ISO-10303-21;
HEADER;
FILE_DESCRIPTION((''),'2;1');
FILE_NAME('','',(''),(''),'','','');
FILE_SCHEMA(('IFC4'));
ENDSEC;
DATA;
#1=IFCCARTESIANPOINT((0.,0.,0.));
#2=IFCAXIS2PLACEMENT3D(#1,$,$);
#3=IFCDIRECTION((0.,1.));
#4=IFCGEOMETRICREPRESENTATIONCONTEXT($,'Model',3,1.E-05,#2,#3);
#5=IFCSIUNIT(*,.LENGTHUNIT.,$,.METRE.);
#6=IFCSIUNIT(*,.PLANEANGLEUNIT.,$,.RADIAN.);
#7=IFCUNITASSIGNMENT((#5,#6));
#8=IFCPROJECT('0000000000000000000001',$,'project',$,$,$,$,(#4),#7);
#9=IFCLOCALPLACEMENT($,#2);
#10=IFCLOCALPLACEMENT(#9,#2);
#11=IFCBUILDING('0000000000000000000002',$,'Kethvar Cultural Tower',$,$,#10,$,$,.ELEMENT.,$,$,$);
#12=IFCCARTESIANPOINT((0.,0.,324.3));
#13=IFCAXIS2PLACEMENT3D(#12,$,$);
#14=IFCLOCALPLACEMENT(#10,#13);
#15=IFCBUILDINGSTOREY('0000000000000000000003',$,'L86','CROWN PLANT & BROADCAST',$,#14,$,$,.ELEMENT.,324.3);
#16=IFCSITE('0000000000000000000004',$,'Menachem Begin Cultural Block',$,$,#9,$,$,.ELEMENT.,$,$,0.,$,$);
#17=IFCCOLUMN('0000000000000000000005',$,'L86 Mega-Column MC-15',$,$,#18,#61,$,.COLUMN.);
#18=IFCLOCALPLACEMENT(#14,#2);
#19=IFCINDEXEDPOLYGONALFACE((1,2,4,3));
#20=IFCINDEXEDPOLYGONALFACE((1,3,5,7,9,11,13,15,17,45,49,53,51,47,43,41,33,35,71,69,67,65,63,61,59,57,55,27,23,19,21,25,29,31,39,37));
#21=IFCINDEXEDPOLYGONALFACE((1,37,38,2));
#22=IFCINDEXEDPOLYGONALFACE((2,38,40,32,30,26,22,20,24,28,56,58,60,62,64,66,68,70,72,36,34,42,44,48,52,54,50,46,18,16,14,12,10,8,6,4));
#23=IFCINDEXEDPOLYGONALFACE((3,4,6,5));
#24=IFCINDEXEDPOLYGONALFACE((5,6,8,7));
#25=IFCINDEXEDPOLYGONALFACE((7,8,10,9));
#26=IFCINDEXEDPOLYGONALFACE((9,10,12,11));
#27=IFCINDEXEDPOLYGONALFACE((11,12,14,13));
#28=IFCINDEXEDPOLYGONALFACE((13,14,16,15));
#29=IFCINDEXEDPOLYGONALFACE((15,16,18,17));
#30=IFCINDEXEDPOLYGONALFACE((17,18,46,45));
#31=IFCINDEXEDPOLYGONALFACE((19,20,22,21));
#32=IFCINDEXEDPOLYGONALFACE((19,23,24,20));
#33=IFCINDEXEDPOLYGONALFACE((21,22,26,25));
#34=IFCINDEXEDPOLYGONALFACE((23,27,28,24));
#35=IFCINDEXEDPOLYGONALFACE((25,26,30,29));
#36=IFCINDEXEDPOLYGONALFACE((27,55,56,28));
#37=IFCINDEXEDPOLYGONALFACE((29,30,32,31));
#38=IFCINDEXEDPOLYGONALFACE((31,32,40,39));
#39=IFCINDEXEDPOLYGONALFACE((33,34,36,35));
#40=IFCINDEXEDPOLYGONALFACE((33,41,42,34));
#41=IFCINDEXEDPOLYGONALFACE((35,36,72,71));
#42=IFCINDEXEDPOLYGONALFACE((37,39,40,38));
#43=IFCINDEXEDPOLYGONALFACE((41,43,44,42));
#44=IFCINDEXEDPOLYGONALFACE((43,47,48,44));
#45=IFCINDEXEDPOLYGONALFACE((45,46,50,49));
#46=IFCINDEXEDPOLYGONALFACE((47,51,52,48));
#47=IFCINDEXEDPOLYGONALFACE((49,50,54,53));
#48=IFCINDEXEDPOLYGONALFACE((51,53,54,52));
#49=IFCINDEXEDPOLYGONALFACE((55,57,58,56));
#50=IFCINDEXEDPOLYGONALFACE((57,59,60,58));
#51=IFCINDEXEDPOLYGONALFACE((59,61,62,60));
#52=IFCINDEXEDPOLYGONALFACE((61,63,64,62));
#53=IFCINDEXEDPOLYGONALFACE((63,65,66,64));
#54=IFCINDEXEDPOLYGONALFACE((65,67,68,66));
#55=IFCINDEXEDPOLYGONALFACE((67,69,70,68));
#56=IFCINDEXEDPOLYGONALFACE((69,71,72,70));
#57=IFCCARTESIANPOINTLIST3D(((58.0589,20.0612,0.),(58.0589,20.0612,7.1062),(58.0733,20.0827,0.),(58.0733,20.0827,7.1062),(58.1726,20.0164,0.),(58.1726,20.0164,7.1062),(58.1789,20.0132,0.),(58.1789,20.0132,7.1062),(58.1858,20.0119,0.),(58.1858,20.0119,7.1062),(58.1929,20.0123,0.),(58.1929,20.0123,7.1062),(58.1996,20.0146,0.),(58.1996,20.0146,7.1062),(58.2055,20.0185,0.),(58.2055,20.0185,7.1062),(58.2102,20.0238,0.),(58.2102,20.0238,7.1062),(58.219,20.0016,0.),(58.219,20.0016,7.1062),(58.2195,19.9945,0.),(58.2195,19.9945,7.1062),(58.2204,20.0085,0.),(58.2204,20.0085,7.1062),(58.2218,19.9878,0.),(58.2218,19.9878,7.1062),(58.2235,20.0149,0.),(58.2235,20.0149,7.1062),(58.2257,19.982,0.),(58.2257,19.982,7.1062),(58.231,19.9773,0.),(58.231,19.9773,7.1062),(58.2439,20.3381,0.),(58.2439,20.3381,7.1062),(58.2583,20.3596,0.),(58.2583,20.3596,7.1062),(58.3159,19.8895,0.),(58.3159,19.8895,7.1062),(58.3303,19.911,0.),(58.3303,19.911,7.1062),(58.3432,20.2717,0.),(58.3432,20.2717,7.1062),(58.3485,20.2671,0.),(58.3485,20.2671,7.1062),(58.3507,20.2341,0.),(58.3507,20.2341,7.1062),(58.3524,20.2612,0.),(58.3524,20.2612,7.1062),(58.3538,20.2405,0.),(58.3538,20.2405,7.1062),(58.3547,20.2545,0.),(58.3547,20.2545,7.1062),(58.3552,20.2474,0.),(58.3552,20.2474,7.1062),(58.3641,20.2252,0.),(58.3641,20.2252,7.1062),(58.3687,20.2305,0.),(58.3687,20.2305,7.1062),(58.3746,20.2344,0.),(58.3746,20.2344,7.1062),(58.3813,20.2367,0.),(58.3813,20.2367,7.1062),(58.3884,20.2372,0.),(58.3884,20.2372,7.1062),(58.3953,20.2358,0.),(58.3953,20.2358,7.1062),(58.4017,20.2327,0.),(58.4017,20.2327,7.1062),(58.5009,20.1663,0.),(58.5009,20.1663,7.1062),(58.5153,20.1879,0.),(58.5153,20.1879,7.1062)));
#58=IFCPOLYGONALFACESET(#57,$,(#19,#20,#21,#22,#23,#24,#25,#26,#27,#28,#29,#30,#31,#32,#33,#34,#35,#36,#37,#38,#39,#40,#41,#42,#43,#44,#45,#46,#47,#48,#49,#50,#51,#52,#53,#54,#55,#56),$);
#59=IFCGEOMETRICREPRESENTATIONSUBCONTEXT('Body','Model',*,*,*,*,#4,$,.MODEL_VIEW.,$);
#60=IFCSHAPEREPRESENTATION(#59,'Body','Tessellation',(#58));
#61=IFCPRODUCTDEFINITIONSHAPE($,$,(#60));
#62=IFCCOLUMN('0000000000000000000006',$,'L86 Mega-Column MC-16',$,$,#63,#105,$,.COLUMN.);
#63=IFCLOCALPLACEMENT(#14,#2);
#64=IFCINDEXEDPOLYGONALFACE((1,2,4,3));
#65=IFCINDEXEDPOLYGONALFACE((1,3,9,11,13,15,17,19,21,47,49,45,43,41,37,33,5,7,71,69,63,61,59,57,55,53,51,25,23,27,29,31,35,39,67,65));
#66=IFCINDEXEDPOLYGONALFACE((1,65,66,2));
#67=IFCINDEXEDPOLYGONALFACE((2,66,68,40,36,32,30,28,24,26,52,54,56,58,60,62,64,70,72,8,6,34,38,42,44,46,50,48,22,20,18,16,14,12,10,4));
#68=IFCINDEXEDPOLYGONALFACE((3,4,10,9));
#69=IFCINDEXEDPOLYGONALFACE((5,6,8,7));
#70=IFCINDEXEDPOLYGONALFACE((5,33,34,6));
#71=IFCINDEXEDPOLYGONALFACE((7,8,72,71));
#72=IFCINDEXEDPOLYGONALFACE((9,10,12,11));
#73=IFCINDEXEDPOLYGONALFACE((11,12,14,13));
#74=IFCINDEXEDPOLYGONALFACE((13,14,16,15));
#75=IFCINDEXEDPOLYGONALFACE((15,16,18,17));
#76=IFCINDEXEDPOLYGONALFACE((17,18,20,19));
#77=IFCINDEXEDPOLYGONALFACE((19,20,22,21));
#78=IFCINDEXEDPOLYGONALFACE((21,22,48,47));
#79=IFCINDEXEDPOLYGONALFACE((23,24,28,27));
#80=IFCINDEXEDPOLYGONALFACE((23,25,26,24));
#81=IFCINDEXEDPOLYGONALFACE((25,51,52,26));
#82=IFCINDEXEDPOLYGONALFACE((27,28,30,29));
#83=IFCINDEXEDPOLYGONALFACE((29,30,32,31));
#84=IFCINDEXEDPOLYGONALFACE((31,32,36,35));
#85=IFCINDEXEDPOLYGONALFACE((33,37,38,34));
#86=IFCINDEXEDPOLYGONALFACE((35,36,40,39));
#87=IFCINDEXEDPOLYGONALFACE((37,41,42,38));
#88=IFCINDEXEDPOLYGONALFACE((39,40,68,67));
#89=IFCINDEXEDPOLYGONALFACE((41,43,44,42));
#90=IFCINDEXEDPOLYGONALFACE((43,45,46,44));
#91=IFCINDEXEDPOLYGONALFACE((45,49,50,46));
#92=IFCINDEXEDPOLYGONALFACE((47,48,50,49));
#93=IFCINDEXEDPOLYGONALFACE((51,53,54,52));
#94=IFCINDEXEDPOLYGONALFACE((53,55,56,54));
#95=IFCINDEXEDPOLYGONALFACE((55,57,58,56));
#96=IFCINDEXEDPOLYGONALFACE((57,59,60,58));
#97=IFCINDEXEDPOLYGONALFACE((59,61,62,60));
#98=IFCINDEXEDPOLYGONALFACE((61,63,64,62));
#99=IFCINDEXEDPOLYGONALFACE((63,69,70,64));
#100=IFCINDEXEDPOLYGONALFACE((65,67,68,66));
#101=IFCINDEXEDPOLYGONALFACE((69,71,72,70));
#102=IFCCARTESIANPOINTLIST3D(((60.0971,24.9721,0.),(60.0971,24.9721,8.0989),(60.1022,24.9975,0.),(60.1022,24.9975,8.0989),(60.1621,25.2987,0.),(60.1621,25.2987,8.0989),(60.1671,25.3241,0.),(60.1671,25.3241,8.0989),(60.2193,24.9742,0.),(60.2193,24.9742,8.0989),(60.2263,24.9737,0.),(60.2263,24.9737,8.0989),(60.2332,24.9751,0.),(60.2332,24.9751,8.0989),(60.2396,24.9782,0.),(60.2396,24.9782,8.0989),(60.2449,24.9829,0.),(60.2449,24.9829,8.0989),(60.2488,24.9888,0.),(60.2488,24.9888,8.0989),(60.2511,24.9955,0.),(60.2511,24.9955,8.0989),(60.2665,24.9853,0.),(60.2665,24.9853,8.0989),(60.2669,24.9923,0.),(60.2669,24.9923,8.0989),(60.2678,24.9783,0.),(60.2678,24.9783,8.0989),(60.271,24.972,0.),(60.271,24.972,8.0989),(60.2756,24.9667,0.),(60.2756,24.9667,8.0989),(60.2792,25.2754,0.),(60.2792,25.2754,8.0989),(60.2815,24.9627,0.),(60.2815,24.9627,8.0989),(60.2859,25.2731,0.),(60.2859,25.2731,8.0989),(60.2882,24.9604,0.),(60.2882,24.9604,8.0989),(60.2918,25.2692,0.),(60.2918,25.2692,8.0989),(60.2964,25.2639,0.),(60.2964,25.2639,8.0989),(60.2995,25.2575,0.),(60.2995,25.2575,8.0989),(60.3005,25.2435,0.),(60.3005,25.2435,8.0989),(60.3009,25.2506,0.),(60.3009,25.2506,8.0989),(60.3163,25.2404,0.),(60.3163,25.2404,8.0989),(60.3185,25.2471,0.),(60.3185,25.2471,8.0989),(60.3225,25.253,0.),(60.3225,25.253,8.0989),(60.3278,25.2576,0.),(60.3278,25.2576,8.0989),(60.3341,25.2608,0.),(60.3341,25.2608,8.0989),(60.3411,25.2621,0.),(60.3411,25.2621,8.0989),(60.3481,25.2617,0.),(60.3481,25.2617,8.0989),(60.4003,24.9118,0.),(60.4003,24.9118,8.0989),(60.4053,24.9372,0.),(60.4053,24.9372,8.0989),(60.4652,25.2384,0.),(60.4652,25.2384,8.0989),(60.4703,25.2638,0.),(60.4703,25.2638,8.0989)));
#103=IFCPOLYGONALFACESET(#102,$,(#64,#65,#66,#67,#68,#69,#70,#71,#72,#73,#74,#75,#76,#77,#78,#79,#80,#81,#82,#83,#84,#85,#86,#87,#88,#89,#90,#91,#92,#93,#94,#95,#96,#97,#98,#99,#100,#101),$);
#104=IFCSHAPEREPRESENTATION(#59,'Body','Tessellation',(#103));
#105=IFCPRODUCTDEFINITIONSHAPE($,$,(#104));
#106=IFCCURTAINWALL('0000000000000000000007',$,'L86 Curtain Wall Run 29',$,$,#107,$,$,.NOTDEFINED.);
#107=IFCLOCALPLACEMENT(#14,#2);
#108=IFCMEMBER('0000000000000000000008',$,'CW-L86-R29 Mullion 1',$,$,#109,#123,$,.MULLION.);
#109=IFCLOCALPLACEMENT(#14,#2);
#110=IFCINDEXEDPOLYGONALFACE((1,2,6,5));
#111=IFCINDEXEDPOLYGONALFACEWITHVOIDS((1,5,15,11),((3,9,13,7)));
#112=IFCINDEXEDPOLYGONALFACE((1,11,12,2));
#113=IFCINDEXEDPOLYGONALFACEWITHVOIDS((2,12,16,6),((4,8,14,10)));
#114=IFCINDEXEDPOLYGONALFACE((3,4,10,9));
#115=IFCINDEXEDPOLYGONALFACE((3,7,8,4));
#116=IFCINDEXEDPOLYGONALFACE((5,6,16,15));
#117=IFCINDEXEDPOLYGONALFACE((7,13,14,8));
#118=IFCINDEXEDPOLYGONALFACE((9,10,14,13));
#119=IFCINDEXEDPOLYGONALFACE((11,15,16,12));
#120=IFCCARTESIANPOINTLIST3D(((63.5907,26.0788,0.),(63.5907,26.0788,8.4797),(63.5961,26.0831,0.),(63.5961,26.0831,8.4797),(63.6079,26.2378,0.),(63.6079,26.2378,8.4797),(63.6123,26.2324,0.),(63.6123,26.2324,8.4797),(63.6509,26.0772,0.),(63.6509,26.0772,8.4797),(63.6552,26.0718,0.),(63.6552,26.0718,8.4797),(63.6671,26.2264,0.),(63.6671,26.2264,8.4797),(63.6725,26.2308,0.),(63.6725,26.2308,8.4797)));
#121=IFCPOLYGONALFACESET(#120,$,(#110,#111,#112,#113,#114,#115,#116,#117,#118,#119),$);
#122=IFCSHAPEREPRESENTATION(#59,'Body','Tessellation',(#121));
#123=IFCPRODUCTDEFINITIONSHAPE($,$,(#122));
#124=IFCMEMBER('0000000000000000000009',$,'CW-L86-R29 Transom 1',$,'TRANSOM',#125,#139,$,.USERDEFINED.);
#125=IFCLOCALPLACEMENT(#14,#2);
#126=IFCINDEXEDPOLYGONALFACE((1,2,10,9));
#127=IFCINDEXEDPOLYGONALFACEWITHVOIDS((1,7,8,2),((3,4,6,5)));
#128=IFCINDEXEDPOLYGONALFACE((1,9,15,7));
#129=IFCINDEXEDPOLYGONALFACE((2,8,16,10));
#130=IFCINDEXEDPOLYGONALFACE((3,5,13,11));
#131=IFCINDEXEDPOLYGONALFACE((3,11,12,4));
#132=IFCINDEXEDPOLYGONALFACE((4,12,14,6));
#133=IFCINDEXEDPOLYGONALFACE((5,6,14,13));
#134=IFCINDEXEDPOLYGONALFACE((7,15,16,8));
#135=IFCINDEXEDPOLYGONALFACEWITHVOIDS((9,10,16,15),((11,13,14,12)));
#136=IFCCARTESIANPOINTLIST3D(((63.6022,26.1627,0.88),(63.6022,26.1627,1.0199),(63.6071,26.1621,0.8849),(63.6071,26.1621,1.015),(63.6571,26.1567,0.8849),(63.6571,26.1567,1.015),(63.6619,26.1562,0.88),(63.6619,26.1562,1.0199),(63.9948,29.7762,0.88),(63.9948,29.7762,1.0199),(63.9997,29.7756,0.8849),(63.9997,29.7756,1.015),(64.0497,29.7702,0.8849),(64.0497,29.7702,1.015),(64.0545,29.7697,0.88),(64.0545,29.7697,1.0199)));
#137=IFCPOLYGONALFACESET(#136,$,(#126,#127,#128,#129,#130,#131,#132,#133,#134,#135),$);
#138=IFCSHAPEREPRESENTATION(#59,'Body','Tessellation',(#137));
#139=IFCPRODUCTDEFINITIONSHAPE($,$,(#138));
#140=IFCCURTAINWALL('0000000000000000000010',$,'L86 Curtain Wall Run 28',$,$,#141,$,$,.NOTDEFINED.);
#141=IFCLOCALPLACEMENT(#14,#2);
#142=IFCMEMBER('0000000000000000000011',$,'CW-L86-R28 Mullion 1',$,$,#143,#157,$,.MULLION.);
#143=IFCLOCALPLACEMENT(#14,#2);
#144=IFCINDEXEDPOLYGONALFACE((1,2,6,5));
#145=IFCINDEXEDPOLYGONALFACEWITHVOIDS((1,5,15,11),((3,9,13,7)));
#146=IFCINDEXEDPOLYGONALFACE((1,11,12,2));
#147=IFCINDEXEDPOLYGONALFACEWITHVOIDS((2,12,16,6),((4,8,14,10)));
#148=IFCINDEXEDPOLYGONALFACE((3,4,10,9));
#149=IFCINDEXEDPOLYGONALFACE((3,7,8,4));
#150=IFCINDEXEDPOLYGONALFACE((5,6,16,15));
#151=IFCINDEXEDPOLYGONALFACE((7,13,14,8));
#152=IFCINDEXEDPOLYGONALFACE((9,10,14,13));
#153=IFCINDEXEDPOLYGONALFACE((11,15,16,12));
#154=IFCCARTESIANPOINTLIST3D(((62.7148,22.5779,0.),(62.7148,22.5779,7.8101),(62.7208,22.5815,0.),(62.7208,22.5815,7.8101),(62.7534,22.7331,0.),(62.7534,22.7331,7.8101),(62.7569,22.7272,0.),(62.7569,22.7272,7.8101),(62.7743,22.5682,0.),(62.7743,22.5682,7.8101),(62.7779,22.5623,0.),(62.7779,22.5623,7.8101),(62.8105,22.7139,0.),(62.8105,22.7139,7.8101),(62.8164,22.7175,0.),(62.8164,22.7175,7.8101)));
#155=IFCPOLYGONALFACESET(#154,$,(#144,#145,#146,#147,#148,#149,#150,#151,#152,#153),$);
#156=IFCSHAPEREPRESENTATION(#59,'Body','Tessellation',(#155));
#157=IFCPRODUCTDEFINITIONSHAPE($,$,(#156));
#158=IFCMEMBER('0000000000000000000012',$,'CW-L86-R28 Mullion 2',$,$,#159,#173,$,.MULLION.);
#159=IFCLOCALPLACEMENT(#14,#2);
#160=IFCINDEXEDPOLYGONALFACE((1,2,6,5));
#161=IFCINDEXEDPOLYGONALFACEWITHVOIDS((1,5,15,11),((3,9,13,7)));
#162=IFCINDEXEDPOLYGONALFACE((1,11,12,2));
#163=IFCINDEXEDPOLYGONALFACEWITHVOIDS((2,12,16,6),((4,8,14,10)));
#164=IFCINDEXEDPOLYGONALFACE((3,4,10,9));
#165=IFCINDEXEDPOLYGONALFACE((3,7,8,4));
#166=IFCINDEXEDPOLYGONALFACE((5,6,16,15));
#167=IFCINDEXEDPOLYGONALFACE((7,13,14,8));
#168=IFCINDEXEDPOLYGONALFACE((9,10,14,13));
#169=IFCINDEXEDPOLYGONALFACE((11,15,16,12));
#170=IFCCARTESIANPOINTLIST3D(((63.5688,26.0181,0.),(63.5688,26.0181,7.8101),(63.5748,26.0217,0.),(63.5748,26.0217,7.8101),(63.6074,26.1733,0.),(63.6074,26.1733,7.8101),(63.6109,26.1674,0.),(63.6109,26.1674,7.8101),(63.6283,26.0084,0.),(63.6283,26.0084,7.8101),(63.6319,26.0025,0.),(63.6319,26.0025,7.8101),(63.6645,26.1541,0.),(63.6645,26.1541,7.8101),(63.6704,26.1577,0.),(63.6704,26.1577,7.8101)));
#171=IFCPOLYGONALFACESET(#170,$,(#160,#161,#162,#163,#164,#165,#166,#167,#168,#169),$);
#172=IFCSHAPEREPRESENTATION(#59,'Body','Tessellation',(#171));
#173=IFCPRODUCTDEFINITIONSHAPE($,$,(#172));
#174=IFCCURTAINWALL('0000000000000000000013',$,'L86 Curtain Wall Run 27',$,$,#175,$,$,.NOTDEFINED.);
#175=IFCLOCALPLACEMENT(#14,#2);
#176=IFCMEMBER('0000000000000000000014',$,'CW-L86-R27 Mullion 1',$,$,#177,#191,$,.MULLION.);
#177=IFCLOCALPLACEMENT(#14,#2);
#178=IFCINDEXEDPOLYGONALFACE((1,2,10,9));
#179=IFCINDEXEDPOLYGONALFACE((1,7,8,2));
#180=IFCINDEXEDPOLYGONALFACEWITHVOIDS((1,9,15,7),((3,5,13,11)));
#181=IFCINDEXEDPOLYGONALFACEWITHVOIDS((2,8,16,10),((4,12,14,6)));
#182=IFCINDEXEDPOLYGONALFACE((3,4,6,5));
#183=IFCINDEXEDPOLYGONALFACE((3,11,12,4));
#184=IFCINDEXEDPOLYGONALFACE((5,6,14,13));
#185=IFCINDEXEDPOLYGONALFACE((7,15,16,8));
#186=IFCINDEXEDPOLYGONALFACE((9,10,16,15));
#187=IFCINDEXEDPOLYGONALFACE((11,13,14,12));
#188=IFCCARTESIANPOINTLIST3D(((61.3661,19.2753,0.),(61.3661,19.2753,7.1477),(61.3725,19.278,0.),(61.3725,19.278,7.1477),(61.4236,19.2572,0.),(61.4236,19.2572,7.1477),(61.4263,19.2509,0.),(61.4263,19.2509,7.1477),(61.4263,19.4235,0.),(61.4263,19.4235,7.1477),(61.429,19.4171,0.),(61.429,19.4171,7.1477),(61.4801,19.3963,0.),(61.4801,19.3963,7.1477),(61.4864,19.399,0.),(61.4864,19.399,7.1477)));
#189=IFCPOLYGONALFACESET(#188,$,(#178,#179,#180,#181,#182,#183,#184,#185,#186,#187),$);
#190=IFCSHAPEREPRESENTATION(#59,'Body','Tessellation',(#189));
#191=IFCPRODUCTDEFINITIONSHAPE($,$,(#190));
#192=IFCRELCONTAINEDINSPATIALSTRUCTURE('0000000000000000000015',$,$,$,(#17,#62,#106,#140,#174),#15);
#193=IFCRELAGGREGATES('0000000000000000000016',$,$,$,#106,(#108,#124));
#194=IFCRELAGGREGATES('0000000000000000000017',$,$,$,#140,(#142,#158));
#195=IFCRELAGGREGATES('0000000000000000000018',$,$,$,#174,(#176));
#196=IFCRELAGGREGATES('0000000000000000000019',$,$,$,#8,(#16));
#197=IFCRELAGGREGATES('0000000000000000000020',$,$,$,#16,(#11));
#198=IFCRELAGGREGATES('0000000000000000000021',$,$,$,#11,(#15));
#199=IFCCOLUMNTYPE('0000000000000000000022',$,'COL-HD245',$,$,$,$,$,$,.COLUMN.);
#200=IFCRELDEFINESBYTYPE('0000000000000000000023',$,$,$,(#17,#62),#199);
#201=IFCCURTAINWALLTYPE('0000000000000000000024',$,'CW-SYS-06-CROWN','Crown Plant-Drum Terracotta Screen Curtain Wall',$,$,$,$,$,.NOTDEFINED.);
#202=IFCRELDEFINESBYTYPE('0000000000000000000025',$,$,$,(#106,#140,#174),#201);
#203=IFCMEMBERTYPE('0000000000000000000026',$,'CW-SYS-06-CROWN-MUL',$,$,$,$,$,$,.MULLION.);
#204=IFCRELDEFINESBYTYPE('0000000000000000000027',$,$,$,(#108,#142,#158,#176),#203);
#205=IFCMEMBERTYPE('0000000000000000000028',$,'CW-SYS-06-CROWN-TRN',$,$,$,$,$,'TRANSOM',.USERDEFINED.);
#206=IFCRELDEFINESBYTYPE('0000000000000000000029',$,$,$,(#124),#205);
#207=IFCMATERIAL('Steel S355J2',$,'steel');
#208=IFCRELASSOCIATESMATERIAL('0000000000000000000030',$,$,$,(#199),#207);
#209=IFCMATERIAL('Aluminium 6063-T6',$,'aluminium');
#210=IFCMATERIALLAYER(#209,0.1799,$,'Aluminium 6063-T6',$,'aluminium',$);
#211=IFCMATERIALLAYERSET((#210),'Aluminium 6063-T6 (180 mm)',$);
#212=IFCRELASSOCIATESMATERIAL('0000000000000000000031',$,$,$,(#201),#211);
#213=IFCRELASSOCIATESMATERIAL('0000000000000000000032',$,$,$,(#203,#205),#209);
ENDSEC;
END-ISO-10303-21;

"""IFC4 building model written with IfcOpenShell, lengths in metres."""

from ifc_helpers import new_model, si_unit, direction, frame, origin, origin_2d, place, context, subcontext, project, spatial, hollow_rectangle, i_section, extrude, source, transform, mapped, material, layer, layer_set, material_profile, profile_set, type_object, element, aggregate, save


model = new_model("IFC4")

# Units and contexts
model_context = context("Model", 3, precision=1e-05, world=origin(), true_north=direction((0.0, 1.0)))
body_context = subcontext(model_context, "Body", "Model", "MODEL_VIEW")
ifc_project = project(units=[si_unit("LENGTHUNIT", "METRE"), si_unit("PLANEANGLEUNIT", "RADIAN")], contexts=[model_context])

# Site, building, storey
site_placement = place(None, origin())
site = spatial("IfcSite", under=ifc_project, at=site_placement, Name="Menachem Begin Cultural Block", CompositionType="ELEMENT", RefElevation=0.0)
building_placement = place(site_placement, origin())
building = spatial("IfcBuilding", under=site, at=building_placement, Name="Kethvar Cultural Tower", CompositionType="ELEMENT")
storey_placement = place(building_placement, frame((0.0, 0.0, 324.3)))
storey = spatial("IfcBuildingStorey", under=building, at=storey_placement, Name="L86", Description="CROWN PLANT & BROADCAST", CompositionType="ELEMENT", Elevation=324.3)

# Columns
ifc_material_1 = material(Name="Steel S355J2", Category="steel")
ifc_material_profile_1 = material_profile(ifc_material_1, i_section(OverallWidth=0.3091, OverallDepth=0.3589, WebThickness=0.0161, FlangeThickness=0.0259, FilletRadius=0.0271, at=origin_2d()), Name="Steel S355J2 — HD320x245")
ifc_profile_set_1 = profile_set([ifc_material_profile_1], Name="Steel S355J2 — HD320x245")
column_type = type_object("IfcColumnType", Name="COL-HD245", PredefinedType="COLUMN", material=ifc_profile_set_1)
shared_shape_1 = source(origin(), body_context, "Body", "SweptSolid", [
    extrude(i_section(OverallWidth=0.3091, OverallDepth=0.3589, WebThickness=0.0161, FlangeThickness=0.0259, FilletRadius=0.0271, at=origin_2d()), origin(), (0.0, 0.0, 1.0), 7.1062),
])
column_1_placement = place(storey_placement, frame((58.2871, 20.1245, 0.0), z_axis=(0.0, 0.0, 1.0), x_axis=(0.83147, -0.55557, 0.0)))
element("IfcColumn", 1, at=column_1_placement, inside=storey, type_object=column_type, Name="L86 Mega-Column MC-15", PredefinedType="COLUMN", context=body_context, shape_type="MappedRepresentation", body=[
    mapped(shared_shape_1, transform((0.0, 0.0, 0.0), scale=1.0)),
])
shared_shape_2 = source(origin(), body_context, "Body", "SweptSolid", [
    extrude(i_section(OverallWidth=0.3091, OverallDepth=0.3589, WebThickness=0.0161, FlangeThickness=0.0259, FilletRadius=0.0271, at=origin_2d()), origin(), (0.0, 0.0, 1.0), 8.0989),
])
column_2_placement = place(storey_placement, frame((60.2837, 25.1179, 0.0), z_axis=(0.0, 0.0, 1.0), x_axis=(0.980785, -0.19509, 0.0)))
element("IfcColumn", 2, at=column_2_placement, inside=storey, type_object=column_type, Name="L86 Mega-Column MC-16", PredefinedType="COLUMN", context=body_context, shape_type="MappedRepresentation", body=[
    mapped(shared_shape_2, transform((0.0, 0.0, 0.0), scale=1.0)),
])

# Curtain walls, members
ifc_material_2 = material(Name="Aluminium 6063-T6", Category="aluminium")
ifc_layer_1 = layer(ifc_material_2, 0.1799, Name="Aluminium 6063-T6", Category="aluminium")
ifc_layer_set_1 = layer_set([ifc_layer_1], Name="Aluminium 6063-T6 (180 mm)")
curtain_wall_type = type_object("IfcCurtainWallType", Name="CW-SYS-06-CROWN", Description="Crown Plant-Drum Terracotta Screen Curtain Wall", PredefinedType="NOTDEFINED", material=ifc_layer_set_1)
curtain_wall_1_placement = place(storey_placement, origin())
curtain_wall_1 = element("IfcCurtainWall", 3, at=curtain_wall_1_placement, inside=storey, type_object=curtain_wall_type, Name="L86 Curtain Wall Run 29", PredefinedType="NOTDEFINED")
ifc_material_profile_2 = material_profile(ifc_material_2, hollow_rectangle(XDim=0.0649, YDim=0.1599, WallThickness=0.0049, at=origin_2d()), Name="Aluminium 6063-T6 — RHS160x65x5")
ifc_profile_set_2 = profile_set([ifc_material_profile_2], Name="Aluminium 6063-T6 — RHS160x65x5")
member_type_1 = type_object("IfcMemberType", Name="CW-SYS-06-CROWN-MUL", PredefinedType="MULLION", material=ifc_profile_set_2)
shared_shape_3 = source(origin(), body_context, "Body", "SweptSolid", [
    extrude(hollow_rectangle(XDim=0.0649, YDim=0.1599, WallThickness=0.0049, at=origin_2d()), origin(), (0.0, 0.0, 1.0), 8.4797),
])
member_1_placement = place(storey_placement, frame((63.6316, 26.1548, 0.0), z_axis=(0.0, 0.0, 1.0), x_axis=(-0.994149, 0.108017, 0.0)))
member_1 = element("IfcMember", 4, at=member_1_placement, type_object=member_type_1, Name="CW-L86-R29 Mullion 1", PredefinedType="MULLION", context=body_context, shape_type="MappedRepresentation", body=[
    mapped(shared_shape_3, transform((0.0, 0.0, 0.0), scale=1.0)),
])
ifc_material_profile_3 = material_profile(ifc_material_2, hollow_rectangle(XDim=0.0601, YDim=0.1399, WallThickness=0.0049, at=origin_2d()), Name="Aluminium 6063-T6 — RHS140x60x5")
ifc_profile_set_3 = profile_set([ifc_material_profile_3], Name="Aluminium 6063-T6 — RHS140x60x5")
member_type_2 = type_object("IfcMemberType", Name="CW-SYS-06-CROWN-TRN", ElementType="TRANSOM", PredefinedType="USERDEFINED", material=ifc_profile_set_3)
shared_shape_4 = source(origin(), body_context, "Body", "SweptSolid", [
    extrude(hollow_rectangle(XDim=0.0601, YDim=0.1399, WallThickness=0.0049, at=origin_2d()), origin(), (0.0, 0.0, 1.0), 3.6348),
])
member_2_placement = place(storey_placement, frame((63.6321, 26.1594, 0.95), z_axis=(0.108006, 0.99415, 0.0), x_axis=(-0.99415, 0.108006, 0.0)))
member_2 = element("IfcMember", 5, at=member_2_placement, type_object=member_type_2, Name="CW-L86-R29 Transom 1", ObjectType="TRANSOM", PredefinedType="USERDEFINED", context=body_context, shape_type="MappedRepresentation", body=[
    mapped(shared_shape_4, transform((0.0, 0.0, 0.0), scale=1.0)),
])
aggregate(curtain_wall_1, [member_1, member_2])
curtain_wall_2_placement = place(storey_placement, origin())
curtain_wall_2 = element("IfcCurtainWall", 6, at=curtain_wall_2_placement, inside=storey, type_object=curtain_wall_type, Name="L86 Curtain Wall Run 28", PredefinedType="NOTDEFINED")
shared_shape_5 = source(origin(), body_context, "Body", "SweptSolid", [
    extrude(hollow_rectangle(XDim=0.0649, YDim=0.1599, WallThickness=0.0049, at=origin_2d()), origin(), (0.0, 0.0, 1.0), 7.8101),
])
member_3_placement = place(storey_placement, frame((62.7656, 22.6477, 0.0), z_axis=(0.0, 0.0, 1.0), x_axis=(-0.970536, 0.240956, 0.0)))
member_3 = element("IfcMember", 7, at=member_3_placement, type_object=member_type_1, Name="CW-L86-R28 Mullion 1", PredefinedType="MULLION", context=body_context, shape_type="MappedRepresentation", body=[
    mapped(shared_shape_5, transform((0.0, 0.0, 0.0), scale=1.0)),
])
member_4_placement = place(storey_placement, frame((63.6196, 26.0879, 0.0), z_axis=(0.0, 0.0, 1.0), x_axis=(-0.970536, 0.240956, 0.0)))
member_4 = element("IfcMember", 8, at=member_4_placement, type_object=member_type_1, Name="CW-L86-R28 Mullion 2", PredefinedType="MULLION", context=body_context, shape_type="MappedRepresentation", body=[
    mapped(shared_shape_5, transform((0.0, 0.0, 0.0), scale=1.0)),
])
curtain_wall_3_placement = place(storey_placement, origin())
curtain_wall_3 = element("IfcCurtainWall", 9, at=curtain_wall_3_placement, inside=storey, type_object=curtain_wall_type, Name="L86 Curtain Wall Run 27", PredefinedType="NOTDEFINED")
shared_shape_6 = source(origin(), body_context, "Body", "SweptSolid", [
    extrude(hollow_rectangle(XDim=0.0649, YDim=0.1599, WallThickness=0.0049, at=origin_2d()), origin(), (0.0, 0.0, 1.0), 7.1477),
])
member_5_placement = place(storey_placement, frame((61.4263, 19.3372, 0.0), z_axis=(0.0, 0.0, 1.0), x_axis=(-0.926515, 0.376257, 0.0)))
member_5 = element("IfcMember", 10, at=member_5_placement, type_object=member_type_1, Name="CW-L86-R27 Mullion 1", PredefinedType="MULLION", context=body_context, shape_type="MappedRepresentation", body=[
    mapped(shared_shape_6, transform((0.0, 0.0, 0.0), scale=1.0)),
])

aggregate(curtain_wall_2, [member_3, member_4])
aggregate(curtain_wall_3, [member_5])

save(model, "model.ifc")
